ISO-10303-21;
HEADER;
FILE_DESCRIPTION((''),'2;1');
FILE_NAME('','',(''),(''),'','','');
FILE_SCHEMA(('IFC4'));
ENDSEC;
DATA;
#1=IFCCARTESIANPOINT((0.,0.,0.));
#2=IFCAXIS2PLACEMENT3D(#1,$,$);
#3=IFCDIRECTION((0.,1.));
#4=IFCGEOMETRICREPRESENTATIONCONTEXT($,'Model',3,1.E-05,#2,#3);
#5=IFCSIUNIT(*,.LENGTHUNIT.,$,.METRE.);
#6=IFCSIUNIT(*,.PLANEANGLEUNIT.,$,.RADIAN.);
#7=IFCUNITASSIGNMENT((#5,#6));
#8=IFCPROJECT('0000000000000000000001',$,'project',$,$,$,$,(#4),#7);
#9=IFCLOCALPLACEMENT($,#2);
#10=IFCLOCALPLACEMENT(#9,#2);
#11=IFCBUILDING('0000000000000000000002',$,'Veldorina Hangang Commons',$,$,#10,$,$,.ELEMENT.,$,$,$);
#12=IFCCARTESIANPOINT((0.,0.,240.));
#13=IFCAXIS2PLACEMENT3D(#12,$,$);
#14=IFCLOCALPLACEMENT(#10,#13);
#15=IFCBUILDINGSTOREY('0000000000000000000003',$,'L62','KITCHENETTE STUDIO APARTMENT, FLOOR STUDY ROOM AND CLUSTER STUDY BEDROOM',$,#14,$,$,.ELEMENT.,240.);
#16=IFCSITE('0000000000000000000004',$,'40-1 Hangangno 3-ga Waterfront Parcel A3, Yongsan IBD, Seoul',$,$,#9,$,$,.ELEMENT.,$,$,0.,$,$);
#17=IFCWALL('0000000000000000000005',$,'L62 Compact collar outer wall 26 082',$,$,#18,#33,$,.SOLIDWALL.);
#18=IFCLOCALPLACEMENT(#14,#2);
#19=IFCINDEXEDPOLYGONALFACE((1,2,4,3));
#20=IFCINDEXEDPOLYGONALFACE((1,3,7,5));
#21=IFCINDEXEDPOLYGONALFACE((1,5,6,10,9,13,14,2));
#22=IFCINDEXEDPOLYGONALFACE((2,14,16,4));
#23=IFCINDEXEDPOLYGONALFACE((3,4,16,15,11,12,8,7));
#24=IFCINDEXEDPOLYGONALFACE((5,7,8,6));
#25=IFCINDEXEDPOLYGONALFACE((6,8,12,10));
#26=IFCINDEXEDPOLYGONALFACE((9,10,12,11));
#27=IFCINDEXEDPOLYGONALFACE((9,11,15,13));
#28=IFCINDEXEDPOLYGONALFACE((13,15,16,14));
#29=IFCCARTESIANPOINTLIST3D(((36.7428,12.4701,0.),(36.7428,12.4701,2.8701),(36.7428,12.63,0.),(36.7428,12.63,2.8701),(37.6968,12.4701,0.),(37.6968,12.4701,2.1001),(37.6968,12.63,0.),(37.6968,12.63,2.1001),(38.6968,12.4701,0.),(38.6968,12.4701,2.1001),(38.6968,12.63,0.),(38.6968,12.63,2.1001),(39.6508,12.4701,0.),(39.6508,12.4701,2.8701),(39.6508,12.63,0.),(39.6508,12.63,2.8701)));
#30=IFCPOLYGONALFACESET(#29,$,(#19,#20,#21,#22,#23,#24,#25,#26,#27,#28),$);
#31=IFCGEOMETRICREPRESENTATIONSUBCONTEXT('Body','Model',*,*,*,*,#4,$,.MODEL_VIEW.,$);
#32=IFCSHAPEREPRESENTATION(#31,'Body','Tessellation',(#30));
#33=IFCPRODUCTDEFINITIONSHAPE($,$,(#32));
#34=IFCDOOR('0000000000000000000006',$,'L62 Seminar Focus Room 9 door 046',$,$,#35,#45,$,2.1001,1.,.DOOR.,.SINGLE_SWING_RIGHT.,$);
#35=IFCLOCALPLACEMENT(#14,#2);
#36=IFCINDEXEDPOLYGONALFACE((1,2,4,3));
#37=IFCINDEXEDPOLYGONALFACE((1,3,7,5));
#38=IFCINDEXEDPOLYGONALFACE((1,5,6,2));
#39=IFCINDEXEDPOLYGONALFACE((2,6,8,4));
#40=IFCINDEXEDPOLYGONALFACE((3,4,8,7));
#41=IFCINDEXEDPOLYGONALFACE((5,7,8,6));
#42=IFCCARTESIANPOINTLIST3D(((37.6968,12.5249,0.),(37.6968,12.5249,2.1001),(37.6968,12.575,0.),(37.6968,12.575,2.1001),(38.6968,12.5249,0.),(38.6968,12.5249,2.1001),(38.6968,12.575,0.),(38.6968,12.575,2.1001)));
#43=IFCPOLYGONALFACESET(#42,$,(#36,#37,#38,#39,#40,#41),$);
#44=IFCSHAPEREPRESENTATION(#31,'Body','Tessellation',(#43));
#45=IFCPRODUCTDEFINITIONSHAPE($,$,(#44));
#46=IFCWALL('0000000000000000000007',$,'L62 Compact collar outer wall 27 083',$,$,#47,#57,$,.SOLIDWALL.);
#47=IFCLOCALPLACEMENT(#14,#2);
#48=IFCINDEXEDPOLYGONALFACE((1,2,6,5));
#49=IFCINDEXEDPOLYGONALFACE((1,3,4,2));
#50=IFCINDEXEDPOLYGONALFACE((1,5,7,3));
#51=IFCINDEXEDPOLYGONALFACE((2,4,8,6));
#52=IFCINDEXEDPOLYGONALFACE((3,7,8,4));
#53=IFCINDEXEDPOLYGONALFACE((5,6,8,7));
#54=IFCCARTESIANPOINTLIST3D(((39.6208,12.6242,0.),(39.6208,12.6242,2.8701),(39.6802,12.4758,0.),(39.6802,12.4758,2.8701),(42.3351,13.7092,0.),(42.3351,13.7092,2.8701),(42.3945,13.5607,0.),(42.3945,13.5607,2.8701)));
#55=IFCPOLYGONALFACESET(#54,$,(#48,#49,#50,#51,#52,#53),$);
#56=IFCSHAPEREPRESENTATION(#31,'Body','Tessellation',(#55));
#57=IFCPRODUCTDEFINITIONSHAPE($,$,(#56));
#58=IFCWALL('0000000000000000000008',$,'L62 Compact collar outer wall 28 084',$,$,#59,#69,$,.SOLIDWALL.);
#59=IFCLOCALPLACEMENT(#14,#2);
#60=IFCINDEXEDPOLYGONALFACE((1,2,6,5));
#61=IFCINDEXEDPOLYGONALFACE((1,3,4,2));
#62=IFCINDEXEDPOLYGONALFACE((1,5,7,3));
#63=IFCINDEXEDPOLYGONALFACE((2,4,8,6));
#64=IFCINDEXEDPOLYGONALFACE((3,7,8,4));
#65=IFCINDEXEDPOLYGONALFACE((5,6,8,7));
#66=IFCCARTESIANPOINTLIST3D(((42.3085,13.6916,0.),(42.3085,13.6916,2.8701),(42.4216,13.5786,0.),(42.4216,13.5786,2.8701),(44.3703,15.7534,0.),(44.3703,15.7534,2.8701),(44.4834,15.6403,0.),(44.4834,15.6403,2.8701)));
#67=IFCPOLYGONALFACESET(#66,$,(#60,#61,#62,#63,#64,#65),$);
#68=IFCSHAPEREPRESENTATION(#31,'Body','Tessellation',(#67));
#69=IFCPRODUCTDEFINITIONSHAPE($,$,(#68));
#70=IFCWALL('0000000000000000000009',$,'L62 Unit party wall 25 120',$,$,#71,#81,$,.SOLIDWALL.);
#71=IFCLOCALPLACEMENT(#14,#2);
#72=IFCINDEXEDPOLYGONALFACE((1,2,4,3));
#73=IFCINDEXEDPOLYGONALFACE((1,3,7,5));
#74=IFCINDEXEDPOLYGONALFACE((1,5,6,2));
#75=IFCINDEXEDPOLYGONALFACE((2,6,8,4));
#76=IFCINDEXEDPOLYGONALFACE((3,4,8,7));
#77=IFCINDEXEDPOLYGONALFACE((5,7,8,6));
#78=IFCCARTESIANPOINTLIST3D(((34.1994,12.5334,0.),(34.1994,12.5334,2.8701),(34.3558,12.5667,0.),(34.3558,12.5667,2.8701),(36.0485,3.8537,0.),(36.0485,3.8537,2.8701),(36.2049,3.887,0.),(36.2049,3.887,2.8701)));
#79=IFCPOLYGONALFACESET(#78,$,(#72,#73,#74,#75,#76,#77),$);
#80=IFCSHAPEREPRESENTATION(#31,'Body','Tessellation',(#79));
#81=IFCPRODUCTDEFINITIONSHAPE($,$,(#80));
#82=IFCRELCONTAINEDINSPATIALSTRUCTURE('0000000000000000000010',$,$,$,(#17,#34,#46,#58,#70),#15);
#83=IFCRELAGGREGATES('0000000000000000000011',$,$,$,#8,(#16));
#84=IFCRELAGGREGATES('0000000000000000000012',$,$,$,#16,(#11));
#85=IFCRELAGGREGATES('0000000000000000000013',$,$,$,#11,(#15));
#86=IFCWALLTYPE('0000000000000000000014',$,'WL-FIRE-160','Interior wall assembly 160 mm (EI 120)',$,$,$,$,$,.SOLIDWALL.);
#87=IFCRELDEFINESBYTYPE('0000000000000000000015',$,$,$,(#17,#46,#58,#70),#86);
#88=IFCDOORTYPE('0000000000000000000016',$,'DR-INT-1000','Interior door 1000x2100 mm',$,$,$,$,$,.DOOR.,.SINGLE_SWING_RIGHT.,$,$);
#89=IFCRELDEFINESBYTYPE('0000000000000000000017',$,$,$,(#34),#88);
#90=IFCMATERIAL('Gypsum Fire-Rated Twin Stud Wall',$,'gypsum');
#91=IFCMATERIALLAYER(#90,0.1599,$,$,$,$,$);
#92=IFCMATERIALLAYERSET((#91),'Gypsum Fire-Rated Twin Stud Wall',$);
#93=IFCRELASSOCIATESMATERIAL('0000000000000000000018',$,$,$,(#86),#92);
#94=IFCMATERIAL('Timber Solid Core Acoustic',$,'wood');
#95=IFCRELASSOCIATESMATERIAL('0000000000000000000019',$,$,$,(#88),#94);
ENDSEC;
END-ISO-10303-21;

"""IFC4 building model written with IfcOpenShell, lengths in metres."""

from ifc_helpers import new_model, si_unit, direction, frame, frame_2d, origin, place, context, subcontext, project, spatial, rectangle, extrude, material, layer, layer_set, type_object, element, fill, save


model = new_model("IFC4")

# Units and contexts
model_context = context("Model", 3, precision=1e-05, world=origin(), true_north=direction((0.0, 1.0)))
body_context = subcontext(model_context, "Body", "Model", "MODEL_VIEW")
ifc_project = project(units=[si_unit("LENGTHUNIT", "METRE"), si_unit("PLANEANGLEUNIT", "RADIAN")], contexts=[model_context])

# Site, building, storey
site_placement = place(None, origin())
site = spatial("IfcSite", under=ifc_project, at=site_placement, Name="40-1 Hangangno 3-ga Waterfront Parcel A3, Yongsan IBD, Seoul", CompositionType="ELEMENT", RefElevation=0.0)
building_placement = place(site_placement, origin())
building = spatial("IfcBuilding", under=site, at=building_placement, Name="Veldorina Hangang Commons", CompositionType="ELEMENT")
storey_placement = place(building_placement, frame((0.0, 0.0, 240.0)))
storey = spatial("IfcBuildingStorey", under=building, at=storey_placement, Name="L62", Description="KITCHENETTE STUDIO APARTMENT, FLOOR STUDY ROOM AND CLUSTER STUDY BEDROOM", CompositionType="ELEMENT", Elevation=240.0)

# Shared definitions
ifc_material_1 = material(Name="Gypsum Fire-Rated Twin Stud Wall", Category="gypsum")
ifc_layer_1 = layer(ifc_material_1, 0.1599)
ifc_layer_set_1 = layer_set([ifc_layer_1], Name="Gypsum Fire-Rated Twin Stud Wall")
wall_type = type_object("IfcWallType", Name="WL-FIRE-160", Description="Interior wall assembly 160 mm (EI 120)", PredefinedType="SOLIDWALL", material=ifc_layer_set_1)

# Wall, opening, door
wall_1_placement = place(storey_placement, frame((36.7427, 12.55, 0.0), z_axis=(0.0, 0.0, 1.0), x_axis=(1.0, 0.0, 0.0)))
wall_1 = element("IfcWall", 1, at=wall_1_placement, inside=storey, type_object=wall_type, Name="L62 Compact collar outer wall 26 082", PredefinedType="SOLIDWALL", context=body_context, shape_type="SweptSolid", body=[
    extrude(rectangle(XDim=2.908, YDim=0.1599, at=frame_2d((1.4541, 0.0))), origin(), (0.0, 0.0, 1.0), 2.8701),
])
opening_placement = place(wall_1_placement, frame((0.9541, 0.0, 0.0)))
opening = element("IfcOpeningElement", 2, at=opening_placement, cuts=wall_1, PredefinedType="OPENING", context=body_context, shape_type="SweptSolid", body=[
    extrude(rectangle(XDim=1.0, YDim=2.1001, at=frame_2d((0.5, 1.05))), frame((0.0, 0.0898, 0.0), z_axis=(0.0, -1.0, 0.0), x_axis=(1.0, 0.0, 0.0)), (0.0, 0.0, 1.0), 0.1799),
])
ifc_material_2 = material(Name="Timber Solid Core Acoustic", Category="wood")
door_type = type_object("IfcDoorType", Name="DR-INT-1000", Description="Interior door 1000x2100 mm", OperationType="SINGLE_SWING_RIGHT", PredefinedType="DOOR", material=ifc_material_2)
door_placement = place(opening_placement, origin())
door = element("IfcDoor", 3, at=door_placement, inside=storey, type_object=door_type, Name="L62 Seminar Focus Room 9 door 046", OperationType="SINGLE_SWING_RIGHT", OverallHeight=2.1001, OverallWidth=1.0, PredefinedType="DOOR", context=body_context, shape_type="SweptSolid", body=[
    extrude(rectangle(XDim=1.0, YDim=2.1001, at=frame_2d((0.5, 1.05))), frame((0.0, 0.0249, 0.0), z_axis=(0.0, -1.0, 0.0), x_axis=(1.0, 0.0, 0.0)), (0.0, 0.0, 1.0), 0.05),
])
fill(opening, door)

# Walls
wall_2_placement = place(storey_placement, frame((39.6506, 12.55, 0.0), z_axis=(0.0, 0.0, 1.0), x_axis=(0.928569, 0.37116, 0.0)))
element("IfcWall", 4, at=wall_2_placement, inside=storey, type_object=wall_type, Name="L62 Compact collar outer wall 27 083", PredefinedType="SOLIDWALL", context=body_context, shape_type="SweptSolid", body=[
    extrude(rectangle(XDim=2.9231, YDim=0.1599, at=frame_2d((1.4614, 0.0))), origin(), (0.0, 0.0, 1.0), 2.8701),
])
wall_3_placement = place(storey_placement, frame((42.365, 13.635, 0.0), z_axis=(0.0, 0.0, 1.0), x_axis=(0.707107, 0.707107, 0.0)))
element("IfcWall", 5, at=wall_3_placement, inside=storey, type_object=wall_type, Name="L62 Compact collar outer wall 28 084", PredefinedType="SOLIDWALL", context=body_context, shape_type="SweptSolid", body=[
    extrude(rectangle(XDim=2.9158, YDim=0.1599, at=frame_2d((1.458, 0.0))), origin(), (0.0, 0.0, 1.0), 2.8701),
])
wall_4_placement = place(storey_placement, frame((34.2776, 12.55, 0.0), z_axis=(0.0, 0.0, 1.0), x_axis=(0.208364, -0.978051, 0.0)))
element("IfcWall", 6, at=wall_4_placement, inside=storey, type_object=wall_type, Name="L62 Unit party wall 25 120", PredefinedType="SOLIDWALL", context=body_context, shape_type="SweptSolid", body=[
    extrude(rectangle(XDim=8.8745, YDim=0.1599, at=frame_2d((4.4373, 0.0))), origin(), (0.0, 0.0, 1.0), 2.8701),
])

save(model, "model.ifc")
